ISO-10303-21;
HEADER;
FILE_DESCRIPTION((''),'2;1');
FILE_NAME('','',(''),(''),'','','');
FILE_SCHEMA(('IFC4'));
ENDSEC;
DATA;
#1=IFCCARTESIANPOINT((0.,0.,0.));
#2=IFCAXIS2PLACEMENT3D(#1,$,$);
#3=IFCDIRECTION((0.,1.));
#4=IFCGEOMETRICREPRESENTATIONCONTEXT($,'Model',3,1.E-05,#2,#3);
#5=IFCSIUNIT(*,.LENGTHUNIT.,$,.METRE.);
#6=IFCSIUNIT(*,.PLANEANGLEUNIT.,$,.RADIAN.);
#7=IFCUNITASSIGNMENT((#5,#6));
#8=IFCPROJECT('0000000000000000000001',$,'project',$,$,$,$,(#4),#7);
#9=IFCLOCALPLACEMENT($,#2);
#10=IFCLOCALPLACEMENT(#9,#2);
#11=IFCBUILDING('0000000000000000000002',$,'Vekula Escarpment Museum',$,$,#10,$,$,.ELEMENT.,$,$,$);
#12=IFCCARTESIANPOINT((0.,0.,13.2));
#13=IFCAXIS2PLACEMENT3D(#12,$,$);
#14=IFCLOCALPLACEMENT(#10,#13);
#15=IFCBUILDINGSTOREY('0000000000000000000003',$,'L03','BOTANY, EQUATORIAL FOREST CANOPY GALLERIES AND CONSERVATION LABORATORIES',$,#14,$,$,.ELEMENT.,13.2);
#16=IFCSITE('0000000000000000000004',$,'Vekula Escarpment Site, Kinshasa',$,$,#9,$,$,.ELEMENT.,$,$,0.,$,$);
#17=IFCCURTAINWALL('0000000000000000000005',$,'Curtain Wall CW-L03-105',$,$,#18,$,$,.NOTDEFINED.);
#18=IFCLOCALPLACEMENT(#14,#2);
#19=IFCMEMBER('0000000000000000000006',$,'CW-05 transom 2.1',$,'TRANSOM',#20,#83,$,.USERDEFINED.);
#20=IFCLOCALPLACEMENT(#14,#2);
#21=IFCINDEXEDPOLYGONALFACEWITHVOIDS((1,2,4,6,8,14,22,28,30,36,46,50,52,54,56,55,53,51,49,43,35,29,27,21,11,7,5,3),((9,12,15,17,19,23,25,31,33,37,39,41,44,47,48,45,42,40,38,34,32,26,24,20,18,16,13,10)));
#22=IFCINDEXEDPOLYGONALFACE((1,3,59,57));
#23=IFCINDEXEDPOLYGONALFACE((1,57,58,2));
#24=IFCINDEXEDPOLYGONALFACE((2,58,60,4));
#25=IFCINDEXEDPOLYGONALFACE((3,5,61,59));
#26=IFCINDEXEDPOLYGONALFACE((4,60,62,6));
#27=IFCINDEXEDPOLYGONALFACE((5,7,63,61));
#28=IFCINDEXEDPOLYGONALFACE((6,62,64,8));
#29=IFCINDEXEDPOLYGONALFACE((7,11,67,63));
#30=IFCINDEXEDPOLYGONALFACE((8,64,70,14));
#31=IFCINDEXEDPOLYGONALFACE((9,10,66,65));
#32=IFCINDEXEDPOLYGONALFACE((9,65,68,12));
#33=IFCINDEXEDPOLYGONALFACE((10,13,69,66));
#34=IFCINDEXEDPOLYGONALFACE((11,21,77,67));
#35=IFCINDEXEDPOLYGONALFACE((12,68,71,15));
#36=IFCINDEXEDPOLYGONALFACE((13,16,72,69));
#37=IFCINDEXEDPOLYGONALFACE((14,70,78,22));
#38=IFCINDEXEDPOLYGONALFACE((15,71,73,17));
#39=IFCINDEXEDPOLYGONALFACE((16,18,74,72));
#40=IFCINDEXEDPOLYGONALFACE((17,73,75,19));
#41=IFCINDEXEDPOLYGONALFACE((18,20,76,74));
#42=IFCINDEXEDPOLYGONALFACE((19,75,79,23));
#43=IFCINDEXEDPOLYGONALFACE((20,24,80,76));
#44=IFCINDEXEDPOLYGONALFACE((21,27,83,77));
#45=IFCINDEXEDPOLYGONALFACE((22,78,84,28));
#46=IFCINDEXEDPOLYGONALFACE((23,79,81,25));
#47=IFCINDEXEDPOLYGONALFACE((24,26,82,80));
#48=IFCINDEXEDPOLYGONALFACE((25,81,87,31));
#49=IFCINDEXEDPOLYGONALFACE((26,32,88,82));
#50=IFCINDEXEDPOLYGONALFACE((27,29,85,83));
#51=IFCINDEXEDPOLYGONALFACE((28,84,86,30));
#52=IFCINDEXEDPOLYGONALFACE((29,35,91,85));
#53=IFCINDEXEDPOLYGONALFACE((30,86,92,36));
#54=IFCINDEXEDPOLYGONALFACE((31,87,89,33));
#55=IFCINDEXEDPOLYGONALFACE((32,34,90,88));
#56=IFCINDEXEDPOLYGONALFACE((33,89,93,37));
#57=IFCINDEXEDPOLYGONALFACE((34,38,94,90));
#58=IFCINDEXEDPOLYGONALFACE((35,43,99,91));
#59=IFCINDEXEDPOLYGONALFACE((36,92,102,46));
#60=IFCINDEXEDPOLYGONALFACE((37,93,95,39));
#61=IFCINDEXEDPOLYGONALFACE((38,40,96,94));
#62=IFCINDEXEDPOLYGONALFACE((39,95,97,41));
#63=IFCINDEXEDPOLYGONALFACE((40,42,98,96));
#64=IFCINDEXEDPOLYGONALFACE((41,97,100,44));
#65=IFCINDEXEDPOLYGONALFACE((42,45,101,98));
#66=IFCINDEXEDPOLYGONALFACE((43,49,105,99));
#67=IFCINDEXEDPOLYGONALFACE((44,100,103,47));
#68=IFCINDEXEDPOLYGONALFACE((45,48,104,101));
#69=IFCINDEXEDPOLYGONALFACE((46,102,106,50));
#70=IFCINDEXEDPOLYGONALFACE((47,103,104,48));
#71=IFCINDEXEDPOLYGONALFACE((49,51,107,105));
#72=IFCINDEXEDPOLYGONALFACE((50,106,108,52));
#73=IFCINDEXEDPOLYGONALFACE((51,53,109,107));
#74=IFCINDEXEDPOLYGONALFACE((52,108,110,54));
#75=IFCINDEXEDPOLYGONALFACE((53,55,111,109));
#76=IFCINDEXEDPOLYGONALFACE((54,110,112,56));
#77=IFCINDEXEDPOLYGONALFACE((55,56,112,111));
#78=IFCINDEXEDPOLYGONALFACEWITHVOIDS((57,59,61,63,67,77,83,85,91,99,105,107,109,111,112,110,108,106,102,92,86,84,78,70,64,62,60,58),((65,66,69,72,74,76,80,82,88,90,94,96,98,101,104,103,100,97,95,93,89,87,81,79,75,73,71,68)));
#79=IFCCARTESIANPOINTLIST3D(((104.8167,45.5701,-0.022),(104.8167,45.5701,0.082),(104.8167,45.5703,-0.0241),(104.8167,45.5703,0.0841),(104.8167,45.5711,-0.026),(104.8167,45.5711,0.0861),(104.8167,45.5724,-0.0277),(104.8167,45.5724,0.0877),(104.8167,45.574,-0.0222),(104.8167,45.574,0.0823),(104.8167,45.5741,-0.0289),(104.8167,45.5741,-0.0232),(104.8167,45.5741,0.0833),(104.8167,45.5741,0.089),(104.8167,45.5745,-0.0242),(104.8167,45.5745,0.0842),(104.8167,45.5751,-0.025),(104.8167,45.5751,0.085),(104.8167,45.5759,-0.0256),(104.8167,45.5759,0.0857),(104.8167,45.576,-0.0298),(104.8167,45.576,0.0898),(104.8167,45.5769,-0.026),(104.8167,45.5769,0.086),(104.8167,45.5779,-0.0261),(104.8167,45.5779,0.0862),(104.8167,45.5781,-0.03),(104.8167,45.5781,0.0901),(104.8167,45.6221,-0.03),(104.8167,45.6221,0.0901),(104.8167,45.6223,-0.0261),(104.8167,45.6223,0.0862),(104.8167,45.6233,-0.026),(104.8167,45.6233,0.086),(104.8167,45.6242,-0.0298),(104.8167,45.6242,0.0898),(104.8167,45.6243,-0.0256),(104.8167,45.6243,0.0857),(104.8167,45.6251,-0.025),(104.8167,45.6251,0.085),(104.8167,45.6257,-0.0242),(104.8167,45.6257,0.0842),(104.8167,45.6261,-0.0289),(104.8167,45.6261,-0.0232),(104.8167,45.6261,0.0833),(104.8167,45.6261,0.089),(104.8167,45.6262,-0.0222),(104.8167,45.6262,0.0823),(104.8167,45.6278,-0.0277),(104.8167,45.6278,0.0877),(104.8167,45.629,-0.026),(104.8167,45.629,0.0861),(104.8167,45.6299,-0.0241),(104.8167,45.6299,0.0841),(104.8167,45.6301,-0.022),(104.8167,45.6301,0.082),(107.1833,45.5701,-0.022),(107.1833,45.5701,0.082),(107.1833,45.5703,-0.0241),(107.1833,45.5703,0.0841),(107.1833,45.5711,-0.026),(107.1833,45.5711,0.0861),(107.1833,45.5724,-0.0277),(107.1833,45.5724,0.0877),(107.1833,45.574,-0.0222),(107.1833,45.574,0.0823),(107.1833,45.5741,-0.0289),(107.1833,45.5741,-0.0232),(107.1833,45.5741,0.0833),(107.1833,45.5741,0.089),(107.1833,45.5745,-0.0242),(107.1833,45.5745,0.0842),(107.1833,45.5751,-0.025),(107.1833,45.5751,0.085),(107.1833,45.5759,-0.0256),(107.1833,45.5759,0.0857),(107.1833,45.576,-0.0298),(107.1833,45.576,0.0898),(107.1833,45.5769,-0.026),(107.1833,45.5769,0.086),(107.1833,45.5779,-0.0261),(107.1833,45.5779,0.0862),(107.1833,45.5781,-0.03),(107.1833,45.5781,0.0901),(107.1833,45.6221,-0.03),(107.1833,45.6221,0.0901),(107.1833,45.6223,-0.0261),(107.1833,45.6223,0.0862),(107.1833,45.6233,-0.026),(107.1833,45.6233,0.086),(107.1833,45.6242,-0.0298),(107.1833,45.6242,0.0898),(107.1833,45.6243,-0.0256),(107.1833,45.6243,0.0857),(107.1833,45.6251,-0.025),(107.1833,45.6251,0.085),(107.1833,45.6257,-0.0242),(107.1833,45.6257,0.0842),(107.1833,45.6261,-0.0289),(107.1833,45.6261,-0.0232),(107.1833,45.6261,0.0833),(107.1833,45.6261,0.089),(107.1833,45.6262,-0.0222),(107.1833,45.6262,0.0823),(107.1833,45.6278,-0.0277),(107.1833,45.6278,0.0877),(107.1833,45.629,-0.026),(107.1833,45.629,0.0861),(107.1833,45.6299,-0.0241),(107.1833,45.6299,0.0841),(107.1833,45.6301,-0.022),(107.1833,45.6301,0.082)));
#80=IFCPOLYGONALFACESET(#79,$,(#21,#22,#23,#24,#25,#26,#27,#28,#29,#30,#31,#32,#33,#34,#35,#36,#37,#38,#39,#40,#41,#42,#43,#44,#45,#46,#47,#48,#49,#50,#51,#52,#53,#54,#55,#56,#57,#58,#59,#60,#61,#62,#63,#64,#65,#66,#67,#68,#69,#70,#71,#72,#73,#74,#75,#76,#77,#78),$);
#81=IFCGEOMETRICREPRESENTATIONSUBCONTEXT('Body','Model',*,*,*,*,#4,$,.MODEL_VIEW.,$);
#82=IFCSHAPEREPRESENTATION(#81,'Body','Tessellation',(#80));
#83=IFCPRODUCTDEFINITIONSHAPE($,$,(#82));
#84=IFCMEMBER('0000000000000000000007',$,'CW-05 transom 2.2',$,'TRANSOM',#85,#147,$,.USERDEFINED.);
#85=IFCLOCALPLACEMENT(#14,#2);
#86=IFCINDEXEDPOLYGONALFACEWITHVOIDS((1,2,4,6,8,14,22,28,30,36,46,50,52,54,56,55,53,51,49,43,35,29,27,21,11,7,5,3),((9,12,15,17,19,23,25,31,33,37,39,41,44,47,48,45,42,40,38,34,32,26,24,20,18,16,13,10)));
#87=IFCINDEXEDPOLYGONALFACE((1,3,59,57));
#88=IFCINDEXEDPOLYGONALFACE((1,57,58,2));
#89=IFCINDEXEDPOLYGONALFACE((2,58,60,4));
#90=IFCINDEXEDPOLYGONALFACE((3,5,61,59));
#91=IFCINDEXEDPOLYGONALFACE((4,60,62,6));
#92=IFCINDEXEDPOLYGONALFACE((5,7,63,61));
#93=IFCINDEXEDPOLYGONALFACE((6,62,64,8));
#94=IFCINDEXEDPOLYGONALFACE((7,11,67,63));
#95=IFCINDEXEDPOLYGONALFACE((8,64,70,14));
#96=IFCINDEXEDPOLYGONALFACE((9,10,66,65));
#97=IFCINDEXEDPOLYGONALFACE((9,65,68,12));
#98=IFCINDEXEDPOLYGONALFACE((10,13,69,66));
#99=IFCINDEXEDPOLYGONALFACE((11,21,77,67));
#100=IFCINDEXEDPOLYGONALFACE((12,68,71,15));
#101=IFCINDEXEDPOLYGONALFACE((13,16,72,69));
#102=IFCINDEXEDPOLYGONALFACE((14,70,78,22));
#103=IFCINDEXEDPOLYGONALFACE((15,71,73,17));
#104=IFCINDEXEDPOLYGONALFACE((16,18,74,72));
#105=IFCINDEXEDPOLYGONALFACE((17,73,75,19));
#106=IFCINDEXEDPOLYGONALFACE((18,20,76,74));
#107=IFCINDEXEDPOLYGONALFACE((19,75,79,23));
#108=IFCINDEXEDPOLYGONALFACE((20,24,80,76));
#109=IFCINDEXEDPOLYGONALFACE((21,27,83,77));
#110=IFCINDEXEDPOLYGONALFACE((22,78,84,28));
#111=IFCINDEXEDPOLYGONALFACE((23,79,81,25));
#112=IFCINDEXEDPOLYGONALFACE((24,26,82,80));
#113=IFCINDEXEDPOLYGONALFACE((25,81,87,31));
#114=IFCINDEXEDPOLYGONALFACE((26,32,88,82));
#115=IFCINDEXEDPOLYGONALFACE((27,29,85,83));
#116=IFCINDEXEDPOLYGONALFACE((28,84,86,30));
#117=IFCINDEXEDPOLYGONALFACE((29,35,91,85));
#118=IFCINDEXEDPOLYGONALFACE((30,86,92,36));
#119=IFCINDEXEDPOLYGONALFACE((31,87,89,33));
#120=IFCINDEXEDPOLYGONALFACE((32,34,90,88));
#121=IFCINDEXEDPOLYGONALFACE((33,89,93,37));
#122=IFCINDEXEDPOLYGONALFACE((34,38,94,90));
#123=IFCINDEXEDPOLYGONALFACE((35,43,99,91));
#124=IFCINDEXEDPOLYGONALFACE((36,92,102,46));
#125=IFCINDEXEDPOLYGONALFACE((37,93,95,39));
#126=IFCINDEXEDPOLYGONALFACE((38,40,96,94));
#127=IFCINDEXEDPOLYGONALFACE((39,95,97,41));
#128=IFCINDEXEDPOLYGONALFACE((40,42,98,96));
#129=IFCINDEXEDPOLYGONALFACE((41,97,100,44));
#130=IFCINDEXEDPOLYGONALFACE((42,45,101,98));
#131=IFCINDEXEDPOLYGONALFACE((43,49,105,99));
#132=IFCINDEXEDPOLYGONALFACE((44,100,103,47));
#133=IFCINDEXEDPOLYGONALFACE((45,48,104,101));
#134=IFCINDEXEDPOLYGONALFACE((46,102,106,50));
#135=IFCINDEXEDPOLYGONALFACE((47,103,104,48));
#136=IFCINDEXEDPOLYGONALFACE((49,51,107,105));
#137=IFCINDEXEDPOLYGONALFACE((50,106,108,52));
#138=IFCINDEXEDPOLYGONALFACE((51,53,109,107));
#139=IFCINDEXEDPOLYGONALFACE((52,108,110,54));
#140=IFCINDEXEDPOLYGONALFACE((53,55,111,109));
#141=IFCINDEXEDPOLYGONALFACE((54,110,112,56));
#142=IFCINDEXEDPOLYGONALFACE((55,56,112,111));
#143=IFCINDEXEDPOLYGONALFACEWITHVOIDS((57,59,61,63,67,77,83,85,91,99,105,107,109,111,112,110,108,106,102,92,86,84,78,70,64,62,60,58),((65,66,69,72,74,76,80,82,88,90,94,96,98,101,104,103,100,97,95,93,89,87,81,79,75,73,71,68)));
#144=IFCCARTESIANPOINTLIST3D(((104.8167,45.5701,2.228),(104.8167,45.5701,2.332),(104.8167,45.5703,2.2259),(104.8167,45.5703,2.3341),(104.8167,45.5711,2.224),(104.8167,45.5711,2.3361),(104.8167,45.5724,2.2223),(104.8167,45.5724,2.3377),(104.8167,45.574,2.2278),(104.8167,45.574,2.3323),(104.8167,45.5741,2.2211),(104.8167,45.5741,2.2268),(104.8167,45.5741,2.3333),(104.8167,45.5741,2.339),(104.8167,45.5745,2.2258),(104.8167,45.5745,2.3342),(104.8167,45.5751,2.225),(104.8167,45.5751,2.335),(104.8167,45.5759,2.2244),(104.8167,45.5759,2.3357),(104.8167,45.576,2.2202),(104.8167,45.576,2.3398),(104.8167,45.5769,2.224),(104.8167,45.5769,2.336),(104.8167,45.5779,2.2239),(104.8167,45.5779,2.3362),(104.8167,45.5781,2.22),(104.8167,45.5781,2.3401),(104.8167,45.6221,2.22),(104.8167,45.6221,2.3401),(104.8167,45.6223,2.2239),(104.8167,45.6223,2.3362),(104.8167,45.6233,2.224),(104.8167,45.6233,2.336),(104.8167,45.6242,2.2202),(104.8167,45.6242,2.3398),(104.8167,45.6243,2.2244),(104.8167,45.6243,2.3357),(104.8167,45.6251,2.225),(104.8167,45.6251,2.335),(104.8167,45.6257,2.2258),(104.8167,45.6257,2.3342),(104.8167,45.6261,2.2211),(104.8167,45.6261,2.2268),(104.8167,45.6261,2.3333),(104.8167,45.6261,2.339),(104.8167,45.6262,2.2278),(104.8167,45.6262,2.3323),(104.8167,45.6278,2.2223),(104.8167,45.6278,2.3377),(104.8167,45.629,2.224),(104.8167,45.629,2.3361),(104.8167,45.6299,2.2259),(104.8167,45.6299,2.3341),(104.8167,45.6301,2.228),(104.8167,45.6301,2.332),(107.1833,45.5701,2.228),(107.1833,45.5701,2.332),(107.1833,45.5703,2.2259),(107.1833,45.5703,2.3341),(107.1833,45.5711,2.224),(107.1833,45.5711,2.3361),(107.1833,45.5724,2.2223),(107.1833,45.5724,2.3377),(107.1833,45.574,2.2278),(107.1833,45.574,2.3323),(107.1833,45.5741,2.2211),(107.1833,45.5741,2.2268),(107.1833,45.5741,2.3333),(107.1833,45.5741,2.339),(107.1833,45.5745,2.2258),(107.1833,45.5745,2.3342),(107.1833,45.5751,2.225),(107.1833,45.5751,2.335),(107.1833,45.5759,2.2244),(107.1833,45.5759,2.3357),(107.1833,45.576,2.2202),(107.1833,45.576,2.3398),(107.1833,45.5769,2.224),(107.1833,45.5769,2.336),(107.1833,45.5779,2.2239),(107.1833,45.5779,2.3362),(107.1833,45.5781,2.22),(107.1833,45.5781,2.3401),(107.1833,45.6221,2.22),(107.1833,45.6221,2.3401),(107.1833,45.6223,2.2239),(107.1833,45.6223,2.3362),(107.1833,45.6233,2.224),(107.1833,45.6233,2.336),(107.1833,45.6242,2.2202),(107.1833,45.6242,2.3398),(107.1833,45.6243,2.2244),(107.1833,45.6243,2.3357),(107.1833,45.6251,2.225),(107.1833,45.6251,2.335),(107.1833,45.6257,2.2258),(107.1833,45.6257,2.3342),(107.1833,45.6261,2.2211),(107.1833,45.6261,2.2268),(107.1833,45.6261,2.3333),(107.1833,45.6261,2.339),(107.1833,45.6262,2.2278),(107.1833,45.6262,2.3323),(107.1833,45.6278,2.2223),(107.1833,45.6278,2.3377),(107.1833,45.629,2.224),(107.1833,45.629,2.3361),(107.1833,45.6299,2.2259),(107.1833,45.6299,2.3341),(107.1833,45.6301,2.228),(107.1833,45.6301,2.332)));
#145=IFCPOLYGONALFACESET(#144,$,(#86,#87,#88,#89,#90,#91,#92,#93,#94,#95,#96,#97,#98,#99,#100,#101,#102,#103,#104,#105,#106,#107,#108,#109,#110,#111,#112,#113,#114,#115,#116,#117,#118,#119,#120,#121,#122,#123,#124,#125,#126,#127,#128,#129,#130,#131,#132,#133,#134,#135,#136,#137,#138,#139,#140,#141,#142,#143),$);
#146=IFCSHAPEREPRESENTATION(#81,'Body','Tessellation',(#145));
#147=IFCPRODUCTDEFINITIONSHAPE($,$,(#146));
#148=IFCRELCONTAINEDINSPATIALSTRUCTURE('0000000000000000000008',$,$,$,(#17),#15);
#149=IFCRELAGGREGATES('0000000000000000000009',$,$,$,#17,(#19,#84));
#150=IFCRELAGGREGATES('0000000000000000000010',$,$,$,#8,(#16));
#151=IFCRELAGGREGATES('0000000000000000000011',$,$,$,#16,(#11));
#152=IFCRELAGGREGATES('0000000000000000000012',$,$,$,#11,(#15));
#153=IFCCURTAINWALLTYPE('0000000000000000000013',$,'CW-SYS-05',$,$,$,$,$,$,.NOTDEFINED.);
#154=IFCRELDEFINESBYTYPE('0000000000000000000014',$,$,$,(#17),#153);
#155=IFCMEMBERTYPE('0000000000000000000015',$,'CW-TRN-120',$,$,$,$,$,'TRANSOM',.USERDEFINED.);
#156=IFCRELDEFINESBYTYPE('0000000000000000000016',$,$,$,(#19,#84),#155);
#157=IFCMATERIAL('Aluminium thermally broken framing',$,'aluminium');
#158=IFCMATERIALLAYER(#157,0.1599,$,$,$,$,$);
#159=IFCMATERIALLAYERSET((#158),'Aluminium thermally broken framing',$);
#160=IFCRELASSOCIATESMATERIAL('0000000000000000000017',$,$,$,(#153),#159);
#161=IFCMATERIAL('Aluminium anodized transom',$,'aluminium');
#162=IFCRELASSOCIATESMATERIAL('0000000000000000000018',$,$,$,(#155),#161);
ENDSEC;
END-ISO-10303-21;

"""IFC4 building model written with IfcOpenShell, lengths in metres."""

from ifc_helpers import new_model, si_unit, direction, frame, origin, origin_2d, place, context, subcontext, project, spatial, hollow_rectangle, extrude, material, layer, layer_set, material_profile, profile_set, type_object, element, aggregate, save


model = new_model("IFC4")

# Units and contexts
model_context = context("Model", 3, precision=1e-05, world=origin(), true_north=direction((0.0, 1.0)))
body_context = subcontext(model_context, "Body", "Model", "MODEL_VIEW")
ifc_project = project(units=[si_unit("LENGTHUNIT", "METRE"), si_unit("PLANEANGLEUNIT", "RADIAN")], contexts=[model_context])

# Site, building, storey
site_placement = place(None, origin())
site = spatial("IfcSite", under=ifc_project, at=site_placement, Name="Vekula Escarpment Site, Kinshasa", CompositionType="ELEMENT", RefElevation=0.0)
building_placement = place(site_placement, origin())
building = spatial("IfcBuilding", under=site, at=building_placement, Name="Vekula Escarpment Museum", CompositionType="ELEMENT")
storey_placement = place(building_placement, frame((0.0, 0.0, 13.2)))
storey = spatial("IfcBuildingStorey", under=building, at=storey_placement, Name="L03", Description="BOTANY, EQUATORIAL FOREST CANOPY GALLERIES AND CONSERVATION LABORATORIES", CompositionType="ELEMENT", Elevation=13.2)

# Curtain wall
ifc_material_1 = material(Name="Aluminium thermally broken framing", Category="aluminium")
ifc_layer_1 = layer(ifc_material_1, 0.1599)
ifc_layer_set_1 = layer_set([ifc_layer_1], Name="Aluminium thermally broken framing")
curtain_wall_type_1 = type_object("IfcCurtainWallType", Name="CW-SYS-05", PredefinedType="NOTDEFINED", material=ifc_layer_set_1)
curtain_wall_1_placement = place(storey_placement, origin())
curtain_wall_1 = element("IfcCurtainWall", 1, at=curtain_wall_1_placement, inside=storey, type_object=curtain_wall_type_1, Name="Curtain Wall CW-L03-105", PredefinedType="NOTDEFINED")

# Members
ifc_material_2 = material(Name="Aluminium anodized transom", Category="aluminium")
ifc_material_profile_1 = material_profile(ifc_material_2, hollow_rectangle(XDim=0.0601, YDim=0.1201, WallThickness=0.0039, InnerFilletRadius=0.0039, OuterFilletRadius=0.0081, at=origin_2d()), Name="ALU 120x60x4")
ifc_profile_set_1 = profile_set([ifc_material_profile_1], Name="Aluminium anodized transom")
member_type_1 = type_object("IfcMemberType", Name="CW-TRN-120", ElementType="TRANSOM", PredefinedType="USERDEFINED", material=ifc_profile_set_1)
member_1_placement = place(storey_placement, frame((104.8167, 45.6001, 0.03), z_axis=(1.0, 0.0, 0.0), x_axis=(0.0, 1.0, 0.0)))
member_1 = element("IfcMember", 2, at=member_1_placement, type_object=member_type_1, Name="CW-05 transom 2.1", ObjectType="TRANSOM", PredefinedType="USERDEFINED", context=body_context, shape_type="SweptSolid", body=[
    extrude(hollow_rectangle(XDim=0.0601, YDim=0.1201, WallThickness=0.0039, InnerFilletRadius=0.0039, OuterFilletRadius=0.0081, at=origin_2d()), origin(), (0.0, 0.0, 1.0), 2.3667),
])
member_2_placement = place(storey_placement, frame((104.8167, 45.6001, 2.28), z_axis=(1.0, 0.0, 0.0), x_axis=(0.0, 1.0, 0.0)))
member_2 = element("IfcMember", 3, at=member_2_placement, type_object=member_type_1, Name="CW-05 transom 2.2", ObjectType="TRANSOM", PredefinedType="USERDEFINED", context=body_context, shape_type="SweptSolid", body=[
    extrude(hollow_rectangle(XDim=0.0601, YDim=0.1201, WallThickness=0.0039, InnerFilletRadius=0.0039, OuterFilletRadius=0.0081, at=origin_2d()), origin(), (0.0, 0.0, 1.0), 2.3667),
])

aggregate(curtain_wall_1, [member_1, member_2])

save(model, "model.ifc")
